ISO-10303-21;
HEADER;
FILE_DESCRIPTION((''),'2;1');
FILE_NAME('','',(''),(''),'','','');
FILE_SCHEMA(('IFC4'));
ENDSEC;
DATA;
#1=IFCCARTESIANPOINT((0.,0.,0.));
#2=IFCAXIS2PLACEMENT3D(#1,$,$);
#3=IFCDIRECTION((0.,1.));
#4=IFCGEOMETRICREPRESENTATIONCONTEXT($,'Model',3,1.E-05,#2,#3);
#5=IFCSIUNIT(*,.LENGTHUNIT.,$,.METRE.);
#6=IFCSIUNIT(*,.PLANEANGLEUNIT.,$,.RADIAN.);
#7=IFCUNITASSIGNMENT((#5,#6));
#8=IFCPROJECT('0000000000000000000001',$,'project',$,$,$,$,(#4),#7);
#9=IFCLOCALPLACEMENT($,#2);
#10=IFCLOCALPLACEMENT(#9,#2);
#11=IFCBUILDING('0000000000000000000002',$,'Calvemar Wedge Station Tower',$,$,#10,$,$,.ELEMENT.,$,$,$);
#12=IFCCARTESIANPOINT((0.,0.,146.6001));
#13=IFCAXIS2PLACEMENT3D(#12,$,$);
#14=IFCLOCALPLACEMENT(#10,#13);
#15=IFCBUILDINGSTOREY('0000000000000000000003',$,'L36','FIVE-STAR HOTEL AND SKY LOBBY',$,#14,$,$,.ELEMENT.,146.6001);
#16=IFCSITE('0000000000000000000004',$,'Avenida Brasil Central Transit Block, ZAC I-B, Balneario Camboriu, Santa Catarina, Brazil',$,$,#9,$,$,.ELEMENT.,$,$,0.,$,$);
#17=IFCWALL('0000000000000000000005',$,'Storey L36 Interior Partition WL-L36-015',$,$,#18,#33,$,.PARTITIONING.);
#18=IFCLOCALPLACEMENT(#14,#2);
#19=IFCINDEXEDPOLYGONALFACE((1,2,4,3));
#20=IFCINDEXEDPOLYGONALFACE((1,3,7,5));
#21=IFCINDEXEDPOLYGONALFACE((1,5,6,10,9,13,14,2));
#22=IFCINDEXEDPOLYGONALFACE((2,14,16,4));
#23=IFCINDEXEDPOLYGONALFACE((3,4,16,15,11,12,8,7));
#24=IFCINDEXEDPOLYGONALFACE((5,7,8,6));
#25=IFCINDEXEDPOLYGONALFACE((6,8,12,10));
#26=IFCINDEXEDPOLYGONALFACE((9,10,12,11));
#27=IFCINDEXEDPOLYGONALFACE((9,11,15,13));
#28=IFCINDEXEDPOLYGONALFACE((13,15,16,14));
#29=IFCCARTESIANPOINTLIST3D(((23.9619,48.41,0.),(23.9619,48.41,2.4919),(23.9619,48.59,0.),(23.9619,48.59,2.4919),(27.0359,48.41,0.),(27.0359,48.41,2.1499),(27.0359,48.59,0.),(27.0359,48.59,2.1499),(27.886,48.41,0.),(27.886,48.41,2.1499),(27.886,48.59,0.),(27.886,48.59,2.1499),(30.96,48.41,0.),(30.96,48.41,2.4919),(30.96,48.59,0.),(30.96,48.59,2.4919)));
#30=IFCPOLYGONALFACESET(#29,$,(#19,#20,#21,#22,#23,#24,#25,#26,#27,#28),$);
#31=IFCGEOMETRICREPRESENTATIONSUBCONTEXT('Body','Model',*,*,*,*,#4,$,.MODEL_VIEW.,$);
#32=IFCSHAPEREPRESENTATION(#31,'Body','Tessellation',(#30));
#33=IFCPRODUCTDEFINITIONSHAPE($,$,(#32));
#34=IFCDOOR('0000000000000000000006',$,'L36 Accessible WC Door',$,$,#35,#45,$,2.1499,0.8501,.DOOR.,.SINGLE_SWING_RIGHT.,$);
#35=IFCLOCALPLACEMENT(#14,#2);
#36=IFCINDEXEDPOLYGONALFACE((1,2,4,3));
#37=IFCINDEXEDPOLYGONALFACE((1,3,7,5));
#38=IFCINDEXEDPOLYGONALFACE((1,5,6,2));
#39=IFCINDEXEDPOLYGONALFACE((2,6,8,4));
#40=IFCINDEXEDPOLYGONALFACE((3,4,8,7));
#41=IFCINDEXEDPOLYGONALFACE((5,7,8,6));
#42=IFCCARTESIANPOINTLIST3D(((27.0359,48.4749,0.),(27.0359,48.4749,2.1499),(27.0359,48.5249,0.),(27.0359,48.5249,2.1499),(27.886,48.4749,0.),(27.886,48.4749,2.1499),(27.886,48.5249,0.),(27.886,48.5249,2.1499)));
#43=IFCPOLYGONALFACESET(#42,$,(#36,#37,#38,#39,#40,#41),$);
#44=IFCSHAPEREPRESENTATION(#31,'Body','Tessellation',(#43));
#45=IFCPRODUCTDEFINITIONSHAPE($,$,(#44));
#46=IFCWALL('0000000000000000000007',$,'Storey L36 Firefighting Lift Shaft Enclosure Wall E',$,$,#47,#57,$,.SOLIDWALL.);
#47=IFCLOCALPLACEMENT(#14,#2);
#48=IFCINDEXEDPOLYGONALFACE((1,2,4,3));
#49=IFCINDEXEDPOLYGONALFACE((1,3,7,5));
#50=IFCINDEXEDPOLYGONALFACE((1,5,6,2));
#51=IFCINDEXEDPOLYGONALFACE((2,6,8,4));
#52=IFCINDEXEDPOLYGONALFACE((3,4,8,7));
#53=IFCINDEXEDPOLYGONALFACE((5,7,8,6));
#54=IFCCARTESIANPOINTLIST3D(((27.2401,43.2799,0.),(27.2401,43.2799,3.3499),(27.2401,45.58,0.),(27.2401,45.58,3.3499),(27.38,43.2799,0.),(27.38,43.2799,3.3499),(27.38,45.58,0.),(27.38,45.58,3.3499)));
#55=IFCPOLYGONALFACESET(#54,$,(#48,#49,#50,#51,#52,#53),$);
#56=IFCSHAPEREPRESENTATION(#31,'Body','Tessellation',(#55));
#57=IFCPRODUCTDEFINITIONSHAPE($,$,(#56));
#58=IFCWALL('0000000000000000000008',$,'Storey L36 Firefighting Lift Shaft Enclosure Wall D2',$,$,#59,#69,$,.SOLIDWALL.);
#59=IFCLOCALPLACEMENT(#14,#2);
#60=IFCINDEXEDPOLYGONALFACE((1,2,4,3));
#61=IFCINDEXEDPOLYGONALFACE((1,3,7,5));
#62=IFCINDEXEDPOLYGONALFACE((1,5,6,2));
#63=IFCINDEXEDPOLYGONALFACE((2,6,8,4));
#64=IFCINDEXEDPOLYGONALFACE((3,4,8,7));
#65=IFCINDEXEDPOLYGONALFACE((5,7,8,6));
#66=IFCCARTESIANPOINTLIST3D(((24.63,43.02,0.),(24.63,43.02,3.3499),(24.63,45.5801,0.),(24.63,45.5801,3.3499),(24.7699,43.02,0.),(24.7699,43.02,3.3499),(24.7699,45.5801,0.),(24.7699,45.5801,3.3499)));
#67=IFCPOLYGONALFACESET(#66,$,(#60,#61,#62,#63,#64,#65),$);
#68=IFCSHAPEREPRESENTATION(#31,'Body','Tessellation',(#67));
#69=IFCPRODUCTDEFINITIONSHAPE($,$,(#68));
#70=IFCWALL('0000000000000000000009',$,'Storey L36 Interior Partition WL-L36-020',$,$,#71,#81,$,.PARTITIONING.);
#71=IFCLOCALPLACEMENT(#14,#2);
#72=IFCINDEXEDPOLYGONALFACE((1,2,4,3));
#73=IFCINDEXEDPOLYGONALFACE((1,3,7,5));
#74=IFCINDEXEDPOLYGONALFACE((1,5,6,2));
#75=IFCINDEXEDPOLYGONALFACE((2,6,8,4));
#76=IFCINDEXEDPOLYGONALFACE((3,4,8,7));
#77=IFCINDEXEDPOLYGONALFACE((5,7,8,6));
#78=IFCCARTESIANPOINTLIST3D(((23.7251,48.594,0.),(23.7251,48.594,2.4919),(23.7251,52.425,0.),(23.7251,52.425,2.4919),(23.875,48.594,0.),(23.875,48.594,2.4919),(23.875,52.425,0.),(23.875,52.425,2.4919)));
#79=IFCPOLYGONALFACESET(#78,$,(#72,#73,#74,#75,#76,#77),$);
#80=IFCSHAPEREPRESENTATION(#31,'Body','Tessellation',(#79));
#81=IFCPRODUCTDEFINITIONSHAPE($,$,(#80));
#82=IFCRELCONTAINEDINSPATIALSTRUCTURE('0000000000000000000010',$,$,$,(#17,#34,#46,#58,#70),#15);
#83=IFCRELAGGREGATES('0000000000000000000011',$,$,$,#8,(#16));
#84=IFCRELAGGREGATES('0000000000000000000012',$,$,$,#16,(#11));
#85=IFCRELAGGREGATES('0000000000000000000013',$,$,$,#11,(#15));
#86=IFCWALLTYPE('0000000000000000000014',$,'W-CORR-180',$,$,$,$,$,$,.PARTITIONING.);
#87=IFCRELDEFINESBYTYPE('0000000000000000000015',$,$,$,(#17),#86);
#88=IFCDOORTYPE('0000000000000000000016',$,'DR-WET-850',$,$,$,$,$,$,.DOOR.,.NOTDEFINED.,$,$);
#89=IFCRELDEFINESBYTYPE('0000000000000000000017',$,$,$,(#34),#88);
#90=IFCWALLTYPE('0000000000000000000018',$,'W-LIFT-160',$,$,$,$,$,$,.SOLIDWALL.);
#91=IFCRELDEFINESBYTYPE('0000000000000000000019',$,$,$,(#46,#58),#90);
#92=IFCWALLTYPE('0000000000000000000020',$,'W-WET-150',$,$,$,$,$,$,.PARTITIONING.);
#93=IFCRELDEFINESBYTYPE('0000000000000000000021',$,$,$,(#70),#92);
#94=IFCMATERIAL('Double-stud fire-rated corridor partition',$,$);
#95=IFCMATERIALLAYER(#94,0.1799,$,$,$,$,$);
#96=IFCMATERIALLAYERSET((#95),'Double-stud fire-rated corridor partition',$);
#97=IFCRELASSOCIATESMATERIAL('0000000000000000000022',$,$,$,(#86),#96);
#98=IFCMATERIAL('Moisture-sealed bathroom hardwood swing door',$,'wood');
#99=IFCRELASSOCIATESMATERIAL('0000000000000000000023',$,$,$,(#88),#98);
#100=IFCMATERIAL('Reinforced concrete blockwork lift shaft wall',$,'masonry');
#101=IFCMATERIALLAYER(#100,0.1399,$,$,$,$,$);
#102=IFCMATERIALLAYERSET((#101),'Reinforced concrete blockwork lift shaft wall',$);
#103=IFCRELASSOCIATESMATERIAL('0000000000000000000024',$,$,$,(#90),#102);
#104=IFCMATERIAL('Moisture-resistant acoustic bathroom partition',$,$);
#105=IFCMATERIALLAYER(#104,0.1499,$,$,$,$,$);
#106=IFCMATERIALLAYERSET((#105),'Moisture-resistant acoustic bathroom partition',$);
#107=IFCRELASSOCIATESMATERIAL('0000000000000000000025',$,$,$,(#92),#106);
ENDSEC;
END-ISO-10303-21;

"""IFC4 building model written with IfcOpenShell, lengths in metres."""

from ifc_helpers import new_model, si_unit, direction, frame, frame_2d, origin, place, context, subcontext, project, spatial, rectangle, extrude, source, transform, mapped, material, layer, layer_set, type_object, element, fill, save


model = new_model("IFC4")

# Units and contexts
model_context = context("Model", 3, precision=1e-05, world=origin(), true_north=direction((0.0, 1.0)))
body_context = subcontext(model_context, "Body", "Model", "MODEL_VIEW")
ifc_project = project(units=[si_unit("LENGTHUNIT", "METRE"), si_unit("PLANEANGLEUNIT", "RADIAN")], contexts=[model_context])

# Site, building, storey
site_placement = place(None, origin())
site = spatial("IfcSite", under=ifc_project, at=site_placement, Name="Avenida Brasil Central Transit Block, ZAC I-B, Balneario Camboriu, Santa Catarina, Brazil", CompositionType="ELEMENT", RefElevation=0.0)
building_placement = place(site_placement, origin())
building = spatial("IfcBuilding", under=site, at=building_placement, Name="Calvemar Wedge Station Tower", CompositionType="ELEMENT")
storey_placement = place(building_placement, frame((0.0, 0.0, 146.6001)))
storey = spatial("IfcBuildingStorey", under=building, at=storey_placement, Name="L36", Description="FIVE-STAR HOTEL AND SKY LOBBY", CompositionType="ELEMENT", Elevation=146.6001)

# Shared definitions
ifc_material_1 = material(Name="Double-stud fire-rated corridor partition")
ifc_layer_1 = layer(ifc_material_1, 0.1799)
ifc_layer_set_1 = layer_set([ifc_layer_1], Name="Double-stud fire-rated corridor partition")
wall_type_1 = type_object("IfcWallType", Name="W-CORR-180", PredefinedType="PARTITIONING", material=ifc_layer_set_1)

# Wall, opening, door
shared_shape_1 = source(origin(), body_context, "Body", "SweptSolid", [
    extrude(rectangle(XDim=0.8501, YDim=2.1499, at=frame_2d((0.425, 1.075))), frame((0.0, 0.1001, 0.0), z_axis=(0.0, -1.0, 0.0), x_axis=(1.0, 0.0, 0.0)), (0.0, 0.0, 1.0), 0.2),
])
wall_1_placement = place(storey_placement, frame((23.9619, 48.5, 0.0), z_axis=(0.0, 0.0, 1.0), x_axis=(1.0, 0.0, 0.0)))
wall_1 = element("IfcWall", 1, at=wall_1_placement, inside=storey, type_object=wall_type_1, Name="Storey L36 Interior Partition WL-L36-015", PredefinedType="PARTITIONING", context=body_context, shape_type="SweptSolid", body=[
    extrude(rectangle(XDim=6.998, YDim=0.1799, at=frame_2d((3.499, 0.0))), origin(), (0.0, 0.0, 1.0), 2.4919),
])
opening_1_placement = place(wall_1_placement, frame((3.074, 0.0, 0.0)))
opening_1 = element("IfcOpeningElement", 2, at=opening_1_placement, cuts=wall_1, PredefinedType="OPENING", context=body_context, shape_type="MappedRepresentation", body=[
    mapped(shared_shape_1, transform((0.0, 0.0, 0.0), scale=1.0)),
])
ifc_material_2 = material(Name="Moisture-sealed bathroom hardwood swing door", Category="wood")
door_type_1 = type_object("IfcDoorType", Name="DR-WET-850", OperationType="NOTDEFINED", PredefinedType="DOOR", material=ifc_material_2)
shared_shape_2 = source(origin(), body_context, "Body", "SweptSolid", [
    extrude(rectangle(XDim=0.8501, YDim=2.1499, at=frame_2d((0.425, 1.075))), frame((0.0, 0.0249, 0.0), z_axis=(0.0, -1.0, 0.0), x_axis=(1.0, 0.0, 0.0)), (0.0, 0.0, 1.0), 0.05),
])
door_1_placement = place(opening_1_placement, origin())
door_1 = element("IfcDoor", 3, at=door_1_placement, inside=storey, type_object=door_type_1, Name="L36 Accessible WC Door", OperationType="SINGLE_SWING_RIGHT", OverallHeight=2.1499, OverallWidth=0.8501, PredefinedType="DOOR", context=body_context, shape_type="MappedRepresentation", body=[
    mapped(shared_shape_2, transform((0.0, 0.0, 0.0), scale=1.0)),
])
fill(opening_1, door_1)

# Walls
ifc_material_3 = material(Name="Reinforced concrete blockwork lift shaft wall", Category="masonry")
ifc_layer_2 = layer(ifc_material_3, 0.1399)
ifc_layer_set_2 = layer_set([ifc_layer_2], Name="Reinforced concrete blockwork lift shaft wall")
wall_type_2 = type_object("IfcWallType", Name="W-LIFT-160", PredefinedType="SOLIDWALL", material=ifc_layer_set_2)
wall_2_placement = place(storey_placement, frame((27.3101, 43.28, 0.0), z_axis=(0.0, 0.0, 1.0), x_axis=(0.0, 1.0, 0.0)))
element("IfcWall", 4, at=wall_2_placement, inside=storey, type_object=wall_type_2, Name="Storey L36 Firefighting Lift Shaft Enclosure Wall E", PredefinedType="SOLIDWALL", context=body_context, shape_type="SweptSolid", body=[
    extrude(rectangle(XDim=2.3, YDim=0.1399, at=frame_2d((1.1499, 0.0))), origin(), (0.0, 0.0, 1.0), 3.3499),
])
wall_3_placement = place(storey_placement, frame((24.7, 43.02, 0.0), z_axis=(0.0, 0.0, 1.0), x_axis=(0.0, 1.0, 0.0)))
element("IfcWall", 5, at=wall_3_placement, inside=storey, type_object=wall_type_2, Name="Storey L36 Firefighting Lift Shaft Enclosure Wall D2", PredefinedType="SOLIDWALL", context=body_context, shape_type="SweptSolid", body=[
    extrude(rectangle(XDim=2.5601, YDim=0.1399, at=frame_2d((1.28, 0.0))), origin(), (0.0, 0.0, 1.0), 3.3499),
])
ifc_material_4 = material(Name="Moisture-resistant acoustic bathroom partition")
ifc_layer_3 = layer(ifc_material_4, 0.1499)
ifc_layer_set_3 = layer_set([ifc_layer_3], Name="Moisture-resistant acoustic bathroom partition")
wall_type_3 = type_object("IfcWallType", Name="W-WET-150", PredefinedType="PARTITIONING", material=ifc_layer_set_3)
wall_4_placement = place(storey_placement, frame((23.8, 52.425, 0.0), z_axis=(0.0, 0.0, 1.0), x_axis=(0.0, -1.0, 0.0)))
element("IfcWall", 6, at=wall_4_placement, inside=storey, type_object=wall_type_3, Name="Storey L36 Interior Partition WL-L36-020", PredefinedType="PARTITIONING", context=body_context, shape_type="SweptSolid", body=[
    extrude(rectangle(XDim=3.8311, YDim=0.1499, at=frame_2d((1.9155, 0.0))), origin(), (0.0, 0.0, 1.0), 2.4919),
])

save(model, "model.ifc")
